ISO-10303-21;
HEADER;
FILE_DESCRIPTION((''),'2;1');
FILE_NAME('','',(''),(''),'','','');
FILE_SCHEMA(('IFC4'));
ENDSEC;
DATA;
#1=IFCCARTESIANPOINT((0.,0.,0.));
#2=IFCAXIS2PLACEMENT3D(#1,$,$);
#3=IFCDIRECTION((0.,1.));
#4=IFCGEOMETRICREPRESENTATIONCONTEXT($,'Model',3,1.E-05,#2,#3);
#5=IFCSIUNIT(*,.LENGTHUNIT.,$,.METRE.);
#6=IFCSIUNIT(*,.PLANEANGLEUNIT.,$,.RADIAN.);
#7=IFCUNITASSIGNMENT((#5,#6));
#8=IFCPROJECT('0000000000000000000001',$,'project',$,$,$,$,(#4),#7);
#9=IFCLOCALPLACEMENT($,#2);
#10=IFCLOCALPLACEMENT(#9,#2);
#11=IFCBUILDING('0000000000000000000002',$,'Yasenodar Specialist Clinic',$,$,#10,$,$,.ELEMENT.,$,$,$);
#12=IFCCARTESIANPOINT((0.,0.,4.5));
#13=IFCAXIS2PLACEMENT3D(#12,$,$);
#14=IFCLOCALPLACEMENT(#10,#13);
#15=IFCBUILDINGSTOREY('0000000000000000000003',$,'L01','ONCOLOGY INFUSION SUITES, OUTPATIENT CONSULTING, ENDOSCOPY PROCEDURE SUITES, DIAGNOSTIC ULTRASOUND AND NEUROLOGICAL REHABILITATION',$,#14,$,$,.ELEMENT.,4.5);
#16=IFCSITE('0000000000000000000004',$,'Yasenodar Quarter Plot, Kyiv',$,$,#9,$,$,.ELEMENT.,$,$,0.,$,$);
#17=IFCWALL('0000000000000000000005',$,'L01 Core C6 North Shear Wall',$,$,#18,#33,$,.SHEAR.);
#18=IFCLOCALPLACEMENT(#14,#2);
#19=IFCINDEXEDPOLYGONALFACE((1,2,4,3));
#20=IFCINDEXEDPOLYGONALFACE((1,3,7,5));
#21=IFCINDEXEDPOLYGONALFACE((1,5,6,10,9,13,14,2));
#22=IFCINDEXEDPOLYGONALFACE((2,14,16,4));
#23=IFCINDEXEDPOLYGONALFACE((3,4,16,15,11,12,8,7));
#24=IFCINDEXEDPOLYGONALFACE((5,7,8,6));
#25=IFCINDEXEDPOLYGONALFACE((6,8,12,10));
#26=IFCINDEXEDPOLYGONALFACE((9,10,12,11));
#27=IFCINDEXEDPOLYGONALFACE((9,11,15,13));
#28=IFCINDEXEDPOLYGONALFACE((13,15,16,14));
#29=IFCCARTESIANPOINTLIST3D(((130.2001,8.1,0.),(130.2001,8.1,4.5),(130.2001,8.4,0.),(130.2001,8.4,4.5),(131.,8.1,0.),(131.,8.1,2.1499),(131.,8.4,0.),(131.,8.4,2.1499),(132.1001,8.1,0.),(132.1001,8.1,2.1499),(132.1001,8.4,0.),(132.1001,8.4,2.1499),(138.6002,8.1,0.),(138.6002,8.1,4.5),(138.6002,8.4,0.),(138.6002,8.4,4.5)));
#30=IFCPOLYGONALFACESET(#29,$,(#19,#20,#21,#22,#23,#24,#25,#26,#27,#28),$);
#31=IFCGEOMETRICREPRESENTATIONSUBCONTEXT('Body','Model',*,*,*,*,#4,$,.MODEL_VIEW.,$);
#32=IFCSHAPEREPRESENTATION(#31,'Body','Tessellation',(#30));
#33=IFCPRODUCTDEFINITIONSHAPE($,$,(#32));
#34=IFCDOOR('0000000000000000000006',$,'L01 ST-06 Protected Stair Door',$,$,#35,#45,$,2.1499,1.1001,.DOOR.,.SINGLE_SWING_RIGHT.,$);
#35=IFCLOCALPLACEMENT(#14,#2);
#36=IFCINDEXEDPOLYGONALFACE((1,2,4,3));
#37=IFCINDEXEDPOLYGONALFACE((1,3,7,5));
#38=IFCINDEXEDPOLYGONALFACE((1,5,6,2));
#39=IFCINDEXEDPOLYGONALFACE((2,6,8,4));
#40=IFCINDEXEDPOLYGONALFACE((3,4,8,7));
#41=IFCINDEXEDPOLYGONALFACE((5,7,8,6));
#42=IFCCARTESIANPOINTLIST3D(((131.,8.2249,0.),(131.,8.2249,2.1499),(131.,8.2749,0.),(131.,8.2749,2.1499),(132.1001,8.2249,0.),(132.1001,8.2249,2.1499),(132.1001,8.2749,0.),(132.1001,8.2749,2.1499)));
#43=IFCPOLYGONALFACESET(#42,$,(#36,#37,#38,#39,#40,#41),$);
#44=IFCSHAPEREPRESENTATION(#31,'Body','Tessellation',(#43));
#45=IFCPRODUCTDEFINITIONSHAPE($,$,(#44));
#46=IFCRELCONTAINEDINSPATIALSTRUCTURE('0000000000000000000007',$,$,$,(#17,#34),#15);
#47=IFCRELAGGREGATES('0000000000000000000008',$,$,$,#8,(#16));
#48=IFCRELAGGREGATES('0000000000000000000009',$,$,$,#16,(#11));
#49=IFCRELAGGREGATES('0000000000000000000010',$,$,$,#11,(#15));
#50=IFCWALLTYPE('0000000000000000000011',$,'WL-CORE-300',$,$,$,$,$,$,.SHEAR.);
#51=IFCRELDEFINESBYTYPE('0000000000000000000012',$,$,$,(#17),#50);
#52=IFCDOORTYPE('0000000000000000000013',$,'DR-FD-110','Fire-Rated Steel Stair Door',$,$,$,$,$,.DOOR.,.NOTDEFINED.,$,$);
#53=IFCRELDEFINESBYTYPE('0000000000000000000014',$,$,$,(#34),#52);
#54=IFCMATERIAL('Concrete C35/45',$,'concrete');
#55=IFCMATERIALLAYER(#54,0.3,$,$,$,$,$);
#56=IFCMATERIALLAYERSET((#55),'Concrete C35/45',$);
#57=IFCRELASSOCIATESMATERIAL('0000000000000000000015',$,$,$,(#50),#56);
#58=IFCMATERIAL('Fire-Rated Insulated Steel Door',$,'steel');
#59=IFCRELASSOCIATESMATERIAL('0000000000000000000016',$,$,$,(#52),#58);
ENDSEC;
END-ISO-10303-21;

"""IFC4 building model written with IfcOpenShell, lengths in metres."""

from ifc_helpers import new_model, si_unit, direction, frame, frame_2d, origin, place, context, subcontext, project, spatial, rectangle, extrude, material, layer, layer_set, type_object, element, fill, save


model = new_model("IFC4")

# Units and contexts
model_context = context("Model", 3, precision=1e-05, world=origin(), true_north=direction((0.0, 1.0)))
body_context = subcontext(model_context, "Body", "Model", "MODEL_VIEW")
ifc_project = project(units=[si_unit("LENGTHUNIT", "METRE"), si_unit("PLANEANGLEUNIT", "RADIAN")], contexts=[model_context])

# Site, building, storey
site_placement = place(None, origin())
site = spatial("IfcSite", under=ifc_project, at=site_placement, Name="Yasenodar Quarter Plot, Kyiv", CompositionType="ELEMENT", RefElevation=0.0)
building_placement = place(site_placement, origin())
building = spatial("IfcBuilding", under=site, at=building_placement, Name="Yasenodar Specialist Clinic", CompositionType="ELEMENT")
storey_placement = place(building_placement, frame((0.0, 0.0, 4.5)))
storey = spatial("IfcBuildingStorey", under=building, at=storey_placement, Name="L01", Description="ONCOLOGY INFUSION SUITES, OUTPATIENT CONSULTING, ENDOSCOPY PROCEDURE SUITES, DIAGNOSTIC ULTRASOUND AND NEUROLOGICAL REHABILITATION", CompositionType="ELEMENT", Elevation=4.5)

# Wall, opening, door
ifc_material_1 = material(Name="Concrete C35/45", Category="concrete")
ifc_layer_1 = layer(ifc_material_1, 0.3)
ifc_layer_set_1 = layer_set([ifc_layer_1], Name="Concrete C35/45")
wall_type_1 = type_object("IfcWallType", Name="WL-CORE-300", PredefinedType="SHEAR", material=ifc_layer_set_1)
wall_1_placement = place(storey_placement, frame((130.2, 8.25, 0.0), z_axis=(0.0, 0.0, 1.0), x_axis=(1.0, 0.0, 0.0)))
wall_1 = element("IfcWall", 1, at=wall_1_placement, inside=storey, type_object=wall_type_1, Name="L01 Core C6 North Shear Wall", PredefinedType="SHEAR", context=body_context, shape_type="SweptSolid", body=[
    extrude(rectangle(XDim=8.4001, YDim=0.3, at=frame_2d((4.2002, 0.0))), origin(), (0.0, 0.0, 1.0), 4.5),
])
opening_1_placement = place(wall_1_placement, frame((0.8, 0.0, 0.0)))
opening_1 = element("IfcOpeningElement", 2, at=opening_1_placement, cuts=wall_1, PredefinedType="OPENING", context=body_context, shape_type="SweptSolid", body=[
    extrude(rectangle(XDim=1.1001, YDim=2.1499, at=frame_2d((0.55, 1.075))), frame((0.0, 0.1602, 0.0), z_axis=(0.0, -1.0, 0.0), x_axis=(1.0, 0.0, 0.0)), (0.0, 0.0, 1.0), 0.3201),
])
ifc_material_2 = material(Name="Fire-Rated Insulated Steel Door", Category="steel")
door_type_1 = type_object("IfcDoorType", Name="DR-FD-110", Description="Fire-Rated Steel Stair Door", OperationType="NOTDEFINED", PredefinedType="DOOR", material=ifc_material_2)
door_1_placement = place(opening_1_placement, origin())
door_1 = element("IfcDoor", 3, at=door_1_placement, inside=storey, type_object=door_type_1, Name="L01 ST-06 Protected Stair Door", OperationType="SINGLE_SWING_RIGHT", OverallHeight=2.1499, OverallWidth=1.1001, PredefinedType="DOOR", context=body_context, shape_type="SweptSolid", body=[
    extrude(rectangle(XDim=1.1001, YDim=2.1499, at=frame_2d((0.55, 1.075))), frame((0.0, 0.0249, 0.0), z_axis=(0.0, -1.0, 0.0), x_axis=(1.0, 0.0, 0.0)), (0.0, 0.0, 1.0), 0.05),
])
fill(opening_1, door_1)

save(model, "model.ifc")
